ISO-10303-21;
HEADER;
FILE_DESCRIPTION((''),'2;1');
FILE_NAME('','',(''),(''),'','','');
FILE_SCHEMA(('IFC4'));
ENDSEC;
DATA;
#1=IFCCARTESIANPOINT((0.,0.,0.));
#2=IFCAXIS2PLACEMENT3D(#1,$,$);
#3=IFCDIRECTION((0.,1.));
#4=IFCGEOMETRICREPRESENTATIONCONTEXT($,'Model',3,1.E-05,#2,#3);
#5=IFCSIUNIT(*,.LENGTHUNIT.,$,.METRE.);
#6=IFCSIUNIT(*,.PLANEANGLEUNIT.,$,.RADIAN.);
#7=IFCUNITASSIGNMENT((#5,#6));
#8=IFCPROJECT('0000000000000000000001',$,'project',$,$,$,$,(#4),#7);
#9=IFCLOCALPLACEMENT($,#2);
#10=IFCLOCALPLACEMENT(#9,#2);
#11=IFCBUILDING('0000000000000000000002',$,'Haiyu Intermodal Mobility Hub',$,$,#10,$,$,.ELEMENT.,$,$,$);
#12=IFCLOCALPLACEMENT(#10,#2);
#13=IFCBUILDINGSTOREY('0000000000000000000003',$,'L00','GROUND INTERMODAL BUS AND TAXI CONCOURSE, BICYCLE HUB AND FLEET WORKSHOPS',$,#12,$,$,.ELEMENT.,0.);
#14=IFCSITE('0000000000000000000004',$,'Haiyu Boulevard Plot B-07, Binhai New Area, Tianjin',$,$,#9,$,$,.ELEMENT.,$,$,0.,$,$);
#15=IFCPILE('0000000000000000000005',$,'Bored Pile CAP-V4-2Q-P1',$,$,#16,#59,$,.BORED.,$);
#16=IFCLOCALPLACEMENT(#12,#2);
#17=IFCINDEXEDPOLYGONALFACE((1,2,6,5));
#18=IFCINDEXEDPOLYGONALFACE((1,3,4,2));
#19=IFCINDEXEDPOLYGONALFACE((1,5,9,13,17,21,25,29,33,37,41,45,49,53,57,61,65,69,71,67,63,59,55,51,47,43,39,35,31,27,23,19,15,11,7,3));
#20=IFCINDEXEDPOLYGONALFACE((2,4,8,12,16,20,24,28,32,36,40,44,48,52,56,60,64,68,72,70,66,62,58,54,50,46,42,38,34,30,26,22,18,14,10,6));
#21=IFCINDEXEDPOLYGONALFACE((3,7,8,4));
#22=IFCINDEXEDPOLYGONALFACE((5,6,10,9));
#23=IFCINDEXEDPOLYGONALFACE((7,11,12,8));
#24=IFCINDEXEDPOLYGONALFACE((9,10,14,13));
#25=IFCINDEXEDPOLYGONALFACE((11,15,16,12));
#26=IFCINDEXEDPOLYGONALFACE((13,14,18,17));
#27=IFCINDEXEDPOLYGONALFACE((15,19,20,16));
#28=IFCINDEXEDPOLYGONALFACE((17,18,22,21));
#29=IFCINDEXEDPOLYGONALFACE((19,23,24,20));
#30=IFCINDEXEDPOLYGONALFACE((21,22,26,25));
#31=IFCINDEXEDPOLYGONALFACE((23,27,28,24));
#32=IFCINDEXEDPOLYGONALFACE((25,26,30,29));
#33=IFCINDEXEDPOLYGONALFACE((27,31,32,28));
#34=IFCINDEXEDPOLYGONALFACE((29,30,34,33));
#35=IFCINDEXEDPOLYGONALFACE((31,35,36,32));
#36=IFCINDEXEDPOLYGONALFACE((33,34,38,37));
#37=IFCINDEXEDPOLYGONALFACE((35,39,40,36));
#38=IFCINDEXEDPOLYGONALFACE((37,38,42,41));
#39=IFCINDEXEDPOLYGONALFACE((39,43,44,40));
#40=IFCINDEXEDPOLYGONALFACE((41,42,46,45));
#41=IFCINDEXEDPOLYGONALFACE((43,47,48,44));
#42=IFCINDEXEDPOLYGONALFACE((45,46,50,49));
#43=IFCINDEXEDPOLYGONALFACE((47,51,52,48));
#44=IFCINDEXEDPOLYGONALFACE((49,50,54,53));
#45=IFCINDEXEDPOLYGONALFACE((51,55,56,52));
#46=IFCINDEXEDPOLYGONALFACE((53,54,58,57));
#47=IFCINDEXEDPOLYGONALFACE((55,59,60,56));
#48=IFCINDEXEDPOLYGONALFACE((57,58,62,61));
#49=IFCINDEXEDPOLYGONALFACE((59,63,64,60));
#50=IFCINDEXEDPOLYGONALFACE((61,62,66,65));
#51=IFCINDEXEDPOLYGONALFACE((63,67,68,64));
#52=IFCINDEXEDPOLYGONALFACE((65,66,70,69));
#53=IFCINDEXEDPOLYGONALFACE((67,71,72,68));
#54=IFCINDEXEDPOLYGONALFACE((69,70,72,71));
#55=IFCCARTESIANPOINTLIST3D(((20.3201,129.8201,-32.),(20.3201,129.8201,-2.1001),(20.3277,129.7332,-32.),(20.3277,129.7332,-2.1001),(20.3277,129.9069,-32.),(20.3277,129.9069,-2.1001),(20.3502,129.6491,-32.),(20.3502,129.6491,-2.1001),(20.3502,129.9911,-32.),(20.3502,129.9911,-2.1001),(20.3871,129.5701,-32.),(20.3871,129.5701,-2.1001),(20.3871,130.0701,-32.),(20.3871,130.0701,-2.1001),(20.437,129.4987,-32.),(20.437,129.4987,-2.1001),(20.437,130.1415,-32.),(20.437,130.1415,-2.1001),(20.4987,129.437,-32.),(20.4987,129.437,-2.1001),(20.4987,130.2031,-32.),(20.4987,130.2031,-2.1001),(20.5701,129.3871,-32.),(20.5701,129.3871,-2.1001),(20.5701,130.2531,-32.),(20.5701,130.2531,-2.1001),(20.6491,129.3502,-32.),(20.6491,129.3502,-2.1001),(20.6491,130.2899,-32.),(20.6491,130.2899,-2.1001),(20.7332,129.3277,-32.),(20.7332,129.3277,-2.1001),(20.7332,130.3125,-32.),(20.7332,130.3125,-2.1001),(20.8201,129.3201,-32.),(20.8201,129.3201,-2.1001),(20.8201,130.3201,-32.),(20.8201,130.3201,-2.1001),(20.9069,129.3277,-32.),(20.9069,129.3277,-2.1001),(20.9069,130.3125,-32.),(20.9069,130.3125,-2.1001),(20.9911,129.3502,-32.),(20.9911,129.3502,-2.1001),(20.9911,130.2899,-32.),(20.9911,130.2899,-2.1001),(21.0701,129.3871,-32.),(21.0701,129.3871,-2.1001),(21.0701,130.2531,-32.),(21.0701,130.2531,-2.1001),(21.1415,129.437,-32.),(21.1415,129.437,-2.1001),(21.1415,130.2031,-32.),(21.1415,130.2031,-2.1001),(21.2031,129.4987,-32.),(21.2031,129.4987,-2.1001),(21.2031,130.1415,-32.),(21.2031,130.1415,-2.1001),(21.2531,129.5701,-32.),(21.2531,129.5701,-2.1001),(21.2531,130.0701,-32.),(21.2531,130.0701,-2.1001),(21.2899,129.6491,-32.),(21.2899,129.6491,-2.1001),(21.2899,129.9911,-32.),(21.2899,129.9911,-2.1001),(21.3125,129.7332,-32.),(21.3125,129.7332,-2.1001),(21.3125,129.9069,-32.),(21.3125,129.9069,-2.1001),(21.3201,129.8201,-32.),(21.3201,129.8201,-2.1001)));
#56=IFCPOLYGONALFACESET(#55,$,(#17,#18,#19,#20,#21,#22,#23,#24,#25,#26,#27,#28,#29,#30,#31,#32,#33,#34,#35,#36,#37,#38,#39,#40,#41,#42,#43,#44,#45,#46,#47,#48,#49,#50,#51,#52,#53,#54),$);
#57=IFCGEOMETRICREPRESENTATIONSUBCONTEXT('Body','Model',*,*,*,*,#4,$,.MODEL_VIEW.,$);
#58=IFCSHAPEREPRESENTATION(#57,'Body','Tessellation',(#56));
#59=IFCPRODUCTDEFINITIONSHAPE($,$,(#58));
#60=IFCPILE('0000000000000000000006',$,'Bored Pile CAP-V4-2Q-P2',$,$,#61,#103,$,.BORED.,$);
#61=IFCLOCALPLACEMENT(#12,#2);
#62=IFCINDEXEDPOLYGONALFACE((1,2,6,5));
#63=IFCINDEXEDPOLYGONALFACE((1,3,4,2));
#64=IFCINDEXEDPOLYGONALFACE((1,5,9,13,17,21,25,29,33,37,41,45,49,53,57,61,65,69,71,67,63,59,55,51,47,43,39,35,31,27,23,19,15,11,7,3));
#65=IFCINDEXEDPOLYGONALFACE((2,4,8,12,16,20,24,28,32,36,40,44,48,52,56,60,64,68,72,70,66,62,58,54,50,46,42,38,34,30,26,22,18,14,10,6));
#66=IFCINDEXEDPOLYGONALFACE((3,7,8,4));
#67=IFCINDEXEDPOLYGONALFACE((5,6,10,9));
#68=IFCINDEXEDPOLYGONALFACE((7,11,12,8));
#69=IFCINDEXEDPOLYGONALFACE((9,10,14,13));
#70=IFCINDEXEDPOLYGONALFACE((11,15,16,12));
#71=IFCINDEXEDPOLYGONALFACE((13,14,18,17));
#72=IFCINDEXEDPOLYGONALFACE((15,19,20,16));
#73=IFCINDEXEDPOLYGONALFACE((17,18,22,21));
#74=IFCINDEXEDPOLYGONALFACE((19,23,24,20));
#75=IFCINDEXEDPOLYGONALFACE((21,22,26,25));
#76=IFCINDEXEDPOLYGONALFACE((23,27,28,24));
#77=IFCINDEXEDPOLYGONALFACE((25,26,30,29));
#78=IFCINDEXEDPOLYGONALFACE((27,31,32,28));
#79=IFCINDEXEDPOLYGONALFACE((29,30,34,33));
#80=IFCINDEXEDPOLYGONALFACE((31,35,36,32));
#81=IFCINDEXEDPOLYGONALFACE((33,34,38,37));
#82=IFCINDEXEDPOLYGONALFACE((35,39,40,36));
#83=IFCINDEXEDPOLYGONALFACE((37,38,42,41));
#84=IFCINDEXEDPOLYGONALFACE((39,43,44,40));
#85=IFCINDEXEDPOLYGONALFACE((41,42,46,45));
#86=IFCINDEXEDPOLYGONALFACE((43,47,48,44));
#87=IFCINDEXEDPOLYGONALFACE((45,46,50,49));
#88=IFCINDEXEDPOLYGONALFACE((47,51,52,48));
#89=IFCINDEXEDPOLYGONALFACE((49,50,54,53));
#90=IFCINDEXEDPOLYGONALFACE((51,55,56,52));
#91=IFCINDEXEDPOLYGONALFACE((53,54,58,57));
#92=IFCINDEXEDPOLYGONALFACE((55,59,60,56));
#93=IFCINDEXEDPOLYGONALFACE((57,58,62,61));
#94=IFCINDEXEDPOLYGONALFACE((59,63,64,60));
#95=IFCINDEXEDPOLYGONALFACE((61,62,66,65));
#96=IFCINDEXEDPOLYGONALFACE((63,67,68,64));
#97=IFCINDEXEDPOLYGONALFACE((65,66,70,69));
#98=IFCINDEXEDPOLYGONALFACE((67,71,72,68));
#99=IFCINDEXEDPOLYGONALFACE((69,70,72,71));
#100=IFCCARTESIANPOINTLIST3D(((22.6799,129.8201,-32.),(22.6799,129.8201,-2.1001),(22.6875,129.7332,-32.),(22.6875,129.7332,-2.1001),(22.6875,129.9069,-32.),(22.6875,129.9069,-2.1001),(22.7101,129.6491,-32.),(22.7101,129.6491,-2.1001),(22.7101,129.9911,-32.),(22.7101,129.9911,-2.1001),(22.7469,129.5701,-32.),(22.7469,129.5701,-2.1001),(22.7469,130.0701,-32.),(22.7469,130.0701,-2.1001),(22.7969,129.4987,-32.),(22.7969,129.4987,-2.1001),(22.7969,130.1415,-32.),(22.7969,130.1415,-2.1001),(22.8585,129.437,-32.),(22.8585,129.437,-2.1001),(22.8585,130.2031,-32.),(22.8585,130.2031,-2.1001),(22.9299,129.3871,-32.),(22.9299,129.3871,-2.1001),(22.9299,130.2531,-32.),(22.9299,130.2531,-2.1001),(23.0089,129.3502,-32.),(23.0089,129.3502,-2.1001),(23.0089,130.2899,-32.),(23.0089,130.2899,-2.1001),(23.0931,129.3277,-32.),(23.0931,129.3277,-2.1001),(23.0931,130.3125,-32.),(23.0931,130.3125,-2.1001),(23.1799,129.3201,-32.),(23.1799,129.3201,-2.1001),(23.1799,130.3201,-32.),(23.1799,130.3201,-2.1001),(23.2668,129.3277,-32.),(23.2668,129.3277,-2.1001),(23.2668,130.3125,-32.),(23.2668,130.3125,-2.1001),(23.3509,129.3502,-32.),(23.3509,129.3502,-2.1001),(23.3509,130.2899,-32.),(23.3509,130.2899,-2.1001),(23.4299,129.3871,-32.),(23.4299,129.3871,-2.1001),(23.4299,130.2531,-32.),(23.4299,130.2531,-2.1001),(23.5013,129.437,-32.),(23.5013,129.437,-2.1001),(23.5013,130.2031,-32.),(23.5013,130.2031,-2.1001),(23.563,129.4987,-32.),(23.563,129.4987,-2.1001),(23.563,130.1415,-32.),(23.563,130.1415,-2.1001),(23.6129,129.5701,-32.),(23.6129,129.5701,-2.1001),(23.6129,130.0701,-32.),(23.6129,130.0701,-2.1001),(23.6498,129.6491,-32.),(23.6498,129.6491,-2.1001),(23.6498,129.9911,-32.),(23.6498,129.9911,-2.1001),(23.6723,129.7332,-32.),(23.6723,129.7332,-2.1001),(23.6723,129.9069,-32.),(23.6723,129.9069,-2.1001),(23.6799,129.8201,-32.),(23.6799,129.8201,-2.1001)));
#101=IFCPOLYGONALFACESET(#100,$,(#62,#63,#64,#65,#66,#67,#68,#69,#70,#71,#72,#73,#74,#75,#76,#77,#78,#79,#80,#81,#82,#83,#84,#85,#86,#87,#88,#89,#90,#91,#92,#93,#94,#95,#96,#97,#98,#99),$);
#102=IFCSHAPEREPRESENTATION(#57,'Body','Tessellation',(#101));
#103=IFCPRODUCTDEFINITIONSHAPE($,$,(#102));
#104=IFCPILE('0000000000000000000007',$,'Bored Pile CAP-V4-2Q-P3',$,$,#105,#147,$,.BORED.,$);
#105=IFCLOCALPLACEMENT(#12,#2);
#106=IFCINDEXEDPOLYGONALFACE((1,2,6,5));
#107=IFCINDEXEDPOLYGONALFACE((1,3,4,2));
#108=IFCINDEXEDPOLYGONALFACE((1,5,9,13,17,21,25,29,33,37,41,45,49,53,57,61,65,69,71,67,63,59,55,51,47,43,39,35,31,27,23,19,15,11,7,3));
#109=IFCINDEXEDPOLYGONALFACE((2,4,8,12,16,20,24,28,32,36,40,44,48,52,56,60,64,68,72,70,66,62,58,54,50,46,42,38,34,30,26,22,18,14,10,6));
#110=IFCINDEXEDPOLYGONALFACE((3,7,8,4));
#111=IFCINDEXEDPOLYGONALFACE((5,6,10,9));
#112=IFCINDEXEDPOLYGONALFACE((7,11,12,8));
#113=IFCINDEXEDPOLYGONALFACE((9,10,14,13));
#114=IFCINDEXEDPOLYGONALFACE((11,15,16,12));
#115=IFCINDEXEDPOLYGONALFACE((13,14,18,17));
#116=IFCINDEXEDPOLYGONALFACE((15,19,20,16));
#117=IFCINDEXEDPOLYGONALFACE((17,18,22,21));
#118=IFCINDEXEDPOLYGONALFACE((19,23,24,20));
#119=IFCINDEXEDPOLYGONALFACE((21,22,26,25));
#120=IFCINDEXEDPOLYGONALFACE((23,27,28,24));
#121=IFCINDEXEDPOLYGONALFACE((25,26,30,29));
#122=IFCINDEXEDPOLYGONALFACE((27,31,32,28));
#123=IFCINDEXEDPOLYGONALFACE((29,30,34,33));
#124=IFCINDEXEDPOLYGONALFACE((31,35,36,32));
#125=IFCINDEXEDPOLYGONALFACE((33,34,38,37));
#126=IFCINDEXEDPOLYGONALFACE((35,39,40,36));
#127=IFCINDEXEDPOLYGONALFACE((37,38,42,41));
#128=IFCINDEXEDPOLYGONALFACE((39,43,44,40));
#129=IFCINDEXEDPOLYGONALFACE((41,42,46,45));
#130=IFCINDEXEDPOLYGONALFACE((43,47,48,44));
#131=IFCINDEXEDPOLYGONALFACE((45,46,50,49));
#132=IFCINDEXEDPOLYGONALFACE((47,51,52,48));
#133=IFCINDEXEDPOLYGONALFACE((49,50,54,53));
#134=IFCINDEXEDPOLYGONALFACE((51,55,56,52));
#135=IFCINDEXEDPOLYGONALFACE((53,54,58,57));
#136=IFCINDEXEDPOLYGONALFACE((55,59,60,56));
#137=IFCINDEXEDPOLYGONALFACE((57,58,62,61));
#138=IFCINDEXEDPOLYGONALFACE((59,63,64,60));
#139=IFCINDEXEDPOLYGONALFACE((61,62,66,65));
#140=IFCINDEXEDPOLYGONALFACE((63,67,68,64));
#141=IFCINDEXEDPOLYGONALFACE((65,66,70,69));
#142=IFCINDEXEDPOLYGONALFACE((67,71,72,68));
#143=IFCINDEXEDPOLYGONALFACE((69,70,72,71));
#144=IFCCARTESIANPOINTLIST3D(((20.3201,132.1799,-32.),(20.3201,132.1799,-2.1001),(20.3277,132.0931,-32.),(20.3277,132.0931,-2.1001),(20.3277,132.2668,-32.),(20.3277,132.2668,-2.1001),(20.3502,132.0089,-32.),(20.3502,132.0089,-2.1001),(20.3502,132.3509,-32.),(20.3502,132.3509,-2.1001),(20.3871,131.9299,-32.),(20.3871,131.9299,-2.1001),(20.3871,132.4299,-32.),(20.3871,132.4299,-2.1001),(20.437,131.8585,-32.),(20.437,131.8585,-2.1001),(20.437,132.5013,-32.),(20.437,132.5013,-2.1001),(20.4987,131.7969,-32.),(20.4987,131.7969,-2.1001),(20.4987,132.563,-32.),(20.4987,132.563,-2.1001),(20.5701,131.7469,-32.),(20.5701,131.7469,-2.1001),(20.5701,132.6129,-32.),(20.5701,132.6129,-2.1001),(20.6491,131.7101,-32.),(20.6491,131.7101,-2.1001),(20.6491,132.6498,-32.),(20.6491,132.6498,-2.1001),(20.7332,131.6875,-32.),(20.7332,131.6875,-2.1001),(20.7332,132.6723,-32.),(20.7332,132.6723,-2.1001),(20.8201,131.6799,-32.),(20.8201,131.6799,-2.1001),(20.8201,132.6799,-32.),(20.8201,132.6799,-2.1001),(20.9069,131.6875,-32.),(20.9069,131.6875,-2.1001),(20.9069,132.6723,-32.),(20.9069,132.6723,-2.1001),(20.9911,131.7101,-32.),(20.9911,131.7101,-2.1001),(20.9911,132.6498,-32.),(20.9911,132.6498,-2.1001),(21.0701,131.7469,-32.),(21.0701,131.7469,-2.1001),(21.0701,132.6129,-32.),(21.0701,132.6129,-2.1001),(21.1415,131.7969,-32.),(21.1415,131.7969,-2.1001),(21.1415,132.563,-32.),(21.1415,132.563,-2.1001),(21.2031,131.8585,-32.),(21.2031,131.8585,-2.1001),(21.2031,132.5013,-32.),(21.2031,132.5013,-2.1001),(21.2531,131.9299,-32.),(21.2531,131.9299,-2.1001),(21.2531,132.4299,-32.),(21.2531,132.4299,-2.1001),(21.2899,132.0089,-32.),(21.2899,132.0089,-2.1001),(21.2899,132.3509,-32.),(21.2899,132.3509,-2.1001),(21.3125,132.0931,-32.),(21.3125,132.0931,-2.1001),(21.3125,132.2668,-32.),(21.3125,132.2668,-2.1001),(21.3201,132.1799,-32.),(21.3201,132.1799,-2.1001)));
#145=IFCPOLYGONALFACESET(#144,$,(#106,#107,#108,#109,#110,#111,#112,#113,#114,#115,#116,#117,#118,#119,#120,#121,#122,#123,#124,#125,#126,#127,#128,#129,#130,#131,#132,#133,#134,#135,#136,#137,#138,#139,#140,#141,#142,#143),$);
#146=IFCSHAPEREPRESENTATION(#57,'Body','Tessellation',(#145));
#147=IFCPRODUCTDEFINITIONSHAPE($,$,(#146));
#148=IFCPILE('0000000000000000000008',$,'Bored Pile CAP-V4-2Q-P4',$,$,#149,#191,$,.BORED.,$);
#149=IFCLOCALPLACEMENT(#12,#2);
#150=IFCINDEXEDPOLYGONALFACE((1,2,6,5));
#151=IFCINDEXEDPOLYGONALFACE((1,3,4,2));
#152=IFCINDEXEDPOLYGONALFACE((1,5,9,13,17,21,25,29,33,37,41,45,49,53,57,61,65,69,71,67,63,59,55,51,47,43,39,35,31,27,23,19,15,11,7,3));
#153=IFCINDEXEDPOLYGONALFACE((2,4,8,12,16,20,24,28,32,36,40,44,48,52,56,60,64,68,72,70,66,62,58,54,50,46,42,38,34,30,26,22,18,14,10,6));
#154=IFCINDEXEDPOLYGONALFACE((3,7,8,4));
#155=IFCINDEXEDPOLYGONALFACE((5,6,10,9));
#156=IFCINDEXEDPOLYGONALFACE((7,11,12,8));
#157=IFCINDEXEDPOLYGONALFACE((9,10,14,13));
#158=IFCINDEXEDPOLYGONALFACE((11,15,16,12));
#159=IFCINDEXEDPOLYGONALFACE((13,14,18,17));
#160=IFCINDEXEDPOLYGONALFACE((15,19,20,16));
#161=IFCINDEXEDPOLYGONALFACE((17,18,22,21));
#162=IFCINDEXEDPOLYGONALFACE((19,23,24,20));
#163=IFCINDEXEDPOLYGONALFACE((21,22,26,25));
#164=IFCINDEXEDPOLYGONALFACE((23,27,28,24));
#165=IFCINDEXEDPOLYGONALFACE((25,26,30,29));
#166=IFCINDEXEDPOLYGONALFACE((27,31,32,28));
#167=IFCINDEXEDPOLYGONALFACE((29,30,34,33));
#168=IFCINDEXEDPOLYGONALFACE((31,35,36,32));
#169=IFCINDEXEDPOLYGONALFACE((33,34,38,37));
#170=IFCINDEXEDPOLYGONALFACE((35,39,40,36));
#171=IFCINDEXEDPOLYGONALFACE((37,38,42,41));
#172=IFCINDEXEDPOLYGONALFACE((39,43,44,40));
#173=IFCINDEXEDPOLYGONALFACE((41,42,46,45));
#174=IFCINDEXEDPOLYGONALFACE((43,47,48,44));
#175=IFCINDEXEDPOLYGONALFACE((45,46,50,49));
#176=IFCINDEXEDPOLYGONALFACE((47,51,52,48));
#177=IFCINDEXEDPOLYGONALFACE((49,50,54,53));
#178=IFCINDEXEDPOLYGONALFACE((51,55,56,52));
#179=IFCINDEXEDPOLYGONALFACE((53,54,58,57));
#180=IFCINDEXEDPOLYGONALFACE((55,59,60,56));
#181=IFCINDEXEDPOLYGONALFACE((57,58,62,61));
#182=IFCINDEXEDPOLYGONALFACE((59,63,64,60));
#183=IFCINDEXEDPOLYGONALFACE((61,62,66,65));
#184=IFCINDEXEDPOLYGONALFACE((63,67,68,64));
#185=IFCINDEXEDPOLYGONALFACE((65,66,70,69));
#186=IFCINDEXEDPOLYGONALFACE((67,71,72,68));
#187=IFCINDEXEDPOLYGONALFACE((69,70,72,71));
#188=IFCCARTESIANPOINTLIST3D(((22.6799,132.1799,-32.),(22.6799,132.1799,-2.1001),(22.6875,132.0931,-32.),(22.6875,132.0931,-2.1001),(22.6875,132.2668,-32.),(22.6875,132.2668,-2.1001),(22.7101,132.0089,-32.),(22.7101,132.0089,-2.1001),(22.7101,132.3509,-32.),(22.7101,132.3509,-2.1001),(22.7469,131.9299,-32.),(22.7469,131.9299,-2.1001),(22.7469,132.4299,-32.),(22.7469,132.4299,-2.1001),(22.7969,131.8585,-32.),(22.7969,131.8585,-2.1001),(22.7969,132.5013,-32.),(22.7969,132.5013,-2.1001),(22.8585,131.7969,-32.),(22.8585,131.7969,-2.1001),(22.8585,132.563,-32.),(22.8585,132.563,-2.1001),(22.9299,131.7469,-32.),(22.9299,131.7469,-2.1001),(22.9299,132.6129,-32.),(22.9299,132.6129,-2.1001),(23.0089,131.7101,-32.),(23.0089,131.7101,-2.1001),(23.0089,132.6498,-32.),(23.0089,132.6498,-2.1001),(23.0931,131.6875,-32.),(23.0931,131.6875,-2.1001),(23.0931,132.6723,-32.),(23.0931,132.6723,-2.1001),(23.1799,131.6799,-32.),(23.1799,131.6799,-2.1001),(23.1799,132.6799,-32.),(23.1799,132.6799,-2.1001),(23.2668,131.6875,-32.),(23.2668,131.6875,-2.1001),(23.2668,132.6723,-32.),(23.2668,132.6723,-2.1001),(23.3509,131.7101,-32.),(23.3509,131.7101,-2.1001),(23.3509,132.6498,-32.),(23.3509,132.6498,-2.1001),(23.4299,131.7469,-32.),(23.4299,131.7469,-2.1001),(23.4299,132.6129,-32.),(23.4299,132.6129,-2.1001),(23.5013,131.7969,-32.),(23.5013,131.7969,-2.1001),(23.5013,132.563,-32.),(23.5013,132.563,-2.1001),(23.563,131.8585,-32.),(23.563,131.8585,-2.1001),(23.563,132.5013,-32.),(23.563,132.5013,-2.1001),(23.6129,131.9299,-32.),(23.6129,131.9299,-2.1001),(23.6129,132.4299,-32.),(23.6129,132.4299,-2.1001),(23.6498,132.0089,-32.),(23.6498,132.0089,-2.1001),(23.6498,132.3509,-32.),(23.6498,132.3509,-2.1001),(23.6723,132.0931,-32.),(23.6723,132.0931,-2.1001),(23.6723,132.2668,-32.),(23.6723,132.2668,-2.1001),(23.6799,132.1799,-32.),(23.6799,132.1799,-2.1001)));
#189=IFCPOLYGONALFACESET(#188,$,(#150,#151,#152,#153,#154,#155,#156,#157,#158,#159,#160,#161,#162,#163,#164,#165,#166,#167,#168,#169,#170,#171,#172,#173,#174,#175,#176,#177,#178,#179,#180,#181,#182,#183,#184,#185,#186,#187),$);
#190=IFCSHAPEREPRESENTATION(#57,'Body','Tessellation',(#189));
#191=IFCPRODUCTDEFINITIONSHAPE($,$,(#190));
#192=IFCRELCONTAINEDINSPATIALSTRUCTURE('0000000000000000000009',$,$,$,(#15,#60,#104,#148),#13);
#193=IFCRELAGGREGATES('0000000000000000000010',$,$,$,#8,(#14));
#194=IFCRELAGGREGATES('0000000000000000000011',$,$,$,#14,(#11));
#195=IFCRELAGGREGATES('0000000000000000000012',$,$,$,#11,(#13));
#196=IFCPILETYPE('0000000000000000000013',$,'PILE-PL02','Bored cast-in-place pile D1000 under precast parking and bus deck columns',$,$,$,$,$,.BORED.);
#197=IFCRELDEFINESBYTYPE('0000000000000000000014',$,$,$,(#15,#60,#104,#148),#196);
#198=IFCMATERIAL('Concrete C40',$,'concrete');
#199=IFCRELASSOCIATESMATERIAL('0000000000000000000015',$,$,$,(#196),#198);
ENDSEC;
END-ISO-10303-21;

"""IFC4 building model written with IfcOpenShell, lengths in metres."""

from ifc_helpers import new_model, si_unit, direction, frame, origin, origin_2d, place, context, subcontext, project, spatial, circle, extrude, material, material_profile, profile_set, type_object, element, save


model = new_model("IFC4")

# Units and contexts
model_context = context("Model", 3, precision=1e-05, world=origin(), true_north=direction((0.0, 1.0)))
body_context = subcontext(model_context, "Body", "Model", "MODEL_VIEW")
ifc_project = project(units=[si_unit("LENGTHUNIT", "METRE"), si_unit("PLANEANGLEUNIT", "RADIAN")], contexts=[model_context])

# Site, building, storey
site_placement = place(None, origin())
site = spatial("IfcSite", under=ifc_project, at=site_placement, Name="Haiyu Boulevard Plot B-07, Binhai New Area, Tianjin", CompositionType="ELEMENT", RefElevation=0.0)
building_placement = place(site_placement, origin())
building = spatial("IfcBuilding", under=site, at=building_placement, Name="Haiyu Intermodal Mobility Hub", CompositionType="ELEMENT")
storey_placement = place(building_placement, origin())
storey = spatial("IfcBuildingStorey", under=building, at=storey_placement, Name="L00", Description="GROUND INTERMODAL BUS AND TAXI CONCOURSE, BICYCLE HUB AND FLEET WORKSHOPS", CompositionType="ELEMENT", Elevation=0.0)

# Shared definitions
ifc_material_1 = material(Name="Concrete C40", Category="concrete")

# Piles
ifc_material_profile_1 = material_profile(ifc_material_1, circle(Radius=0.5, at=origin_2d()), Name="PILE-D1000")
ifc_profile_set_1 = profile_set([ifc_material_profile_1], Name="Concrete C40")
pile_type = type_object("IfcPileType", Name="PILE-PL02", Description="Bored cast-in-place pile D1000 under precast parking and bus deck columns", PredefinedType="BORED", material=ifc_profile_set_1)
for number, where, z_axis, x_axis, name in (
    (1, (20.8201, 129.8201, -2.1001), (0.0, 0.0, -1.0), (1.0, 0.0, 0.0), "Bored Pile CAP-V4-2Q-P1"),
    (2, (23.1799, 129.8201, -2.1001), (0.0, 0.0, -1.0), (1.0, 0.0, 0.0), "Bored Pile CAP-V4-2Q-P2"),
    (3, (20.8201, 132.1799, -2.1001), (0.0, 0.0, -1.0), (1.0, 0.0, 0.0), "Bored Pile CAP-V4-2Q-P3"),
    (4, (23.1799, 132.1799, -2.1001), (0.0, 0.0, -1.0), (1.0, 0.0, 0.0), "Bored Pile CAP-V4-2Q-P4"),
):
    element("IfcPile", number, at=place(storey_placement, frame(where, z_axis=z_axis, x_axis=x_axis)), inside=storey, type_object=pile_type, Name=name, PredefinedType="BORED", context=body_context, shape_type="SweptSolid", body=[
        extrude(circle(Radius=0.5, at=origin_2d()), origin(), (0.0, 0.0, 1.0), 29.8999),
    ])

save(model, "model.ifc")
